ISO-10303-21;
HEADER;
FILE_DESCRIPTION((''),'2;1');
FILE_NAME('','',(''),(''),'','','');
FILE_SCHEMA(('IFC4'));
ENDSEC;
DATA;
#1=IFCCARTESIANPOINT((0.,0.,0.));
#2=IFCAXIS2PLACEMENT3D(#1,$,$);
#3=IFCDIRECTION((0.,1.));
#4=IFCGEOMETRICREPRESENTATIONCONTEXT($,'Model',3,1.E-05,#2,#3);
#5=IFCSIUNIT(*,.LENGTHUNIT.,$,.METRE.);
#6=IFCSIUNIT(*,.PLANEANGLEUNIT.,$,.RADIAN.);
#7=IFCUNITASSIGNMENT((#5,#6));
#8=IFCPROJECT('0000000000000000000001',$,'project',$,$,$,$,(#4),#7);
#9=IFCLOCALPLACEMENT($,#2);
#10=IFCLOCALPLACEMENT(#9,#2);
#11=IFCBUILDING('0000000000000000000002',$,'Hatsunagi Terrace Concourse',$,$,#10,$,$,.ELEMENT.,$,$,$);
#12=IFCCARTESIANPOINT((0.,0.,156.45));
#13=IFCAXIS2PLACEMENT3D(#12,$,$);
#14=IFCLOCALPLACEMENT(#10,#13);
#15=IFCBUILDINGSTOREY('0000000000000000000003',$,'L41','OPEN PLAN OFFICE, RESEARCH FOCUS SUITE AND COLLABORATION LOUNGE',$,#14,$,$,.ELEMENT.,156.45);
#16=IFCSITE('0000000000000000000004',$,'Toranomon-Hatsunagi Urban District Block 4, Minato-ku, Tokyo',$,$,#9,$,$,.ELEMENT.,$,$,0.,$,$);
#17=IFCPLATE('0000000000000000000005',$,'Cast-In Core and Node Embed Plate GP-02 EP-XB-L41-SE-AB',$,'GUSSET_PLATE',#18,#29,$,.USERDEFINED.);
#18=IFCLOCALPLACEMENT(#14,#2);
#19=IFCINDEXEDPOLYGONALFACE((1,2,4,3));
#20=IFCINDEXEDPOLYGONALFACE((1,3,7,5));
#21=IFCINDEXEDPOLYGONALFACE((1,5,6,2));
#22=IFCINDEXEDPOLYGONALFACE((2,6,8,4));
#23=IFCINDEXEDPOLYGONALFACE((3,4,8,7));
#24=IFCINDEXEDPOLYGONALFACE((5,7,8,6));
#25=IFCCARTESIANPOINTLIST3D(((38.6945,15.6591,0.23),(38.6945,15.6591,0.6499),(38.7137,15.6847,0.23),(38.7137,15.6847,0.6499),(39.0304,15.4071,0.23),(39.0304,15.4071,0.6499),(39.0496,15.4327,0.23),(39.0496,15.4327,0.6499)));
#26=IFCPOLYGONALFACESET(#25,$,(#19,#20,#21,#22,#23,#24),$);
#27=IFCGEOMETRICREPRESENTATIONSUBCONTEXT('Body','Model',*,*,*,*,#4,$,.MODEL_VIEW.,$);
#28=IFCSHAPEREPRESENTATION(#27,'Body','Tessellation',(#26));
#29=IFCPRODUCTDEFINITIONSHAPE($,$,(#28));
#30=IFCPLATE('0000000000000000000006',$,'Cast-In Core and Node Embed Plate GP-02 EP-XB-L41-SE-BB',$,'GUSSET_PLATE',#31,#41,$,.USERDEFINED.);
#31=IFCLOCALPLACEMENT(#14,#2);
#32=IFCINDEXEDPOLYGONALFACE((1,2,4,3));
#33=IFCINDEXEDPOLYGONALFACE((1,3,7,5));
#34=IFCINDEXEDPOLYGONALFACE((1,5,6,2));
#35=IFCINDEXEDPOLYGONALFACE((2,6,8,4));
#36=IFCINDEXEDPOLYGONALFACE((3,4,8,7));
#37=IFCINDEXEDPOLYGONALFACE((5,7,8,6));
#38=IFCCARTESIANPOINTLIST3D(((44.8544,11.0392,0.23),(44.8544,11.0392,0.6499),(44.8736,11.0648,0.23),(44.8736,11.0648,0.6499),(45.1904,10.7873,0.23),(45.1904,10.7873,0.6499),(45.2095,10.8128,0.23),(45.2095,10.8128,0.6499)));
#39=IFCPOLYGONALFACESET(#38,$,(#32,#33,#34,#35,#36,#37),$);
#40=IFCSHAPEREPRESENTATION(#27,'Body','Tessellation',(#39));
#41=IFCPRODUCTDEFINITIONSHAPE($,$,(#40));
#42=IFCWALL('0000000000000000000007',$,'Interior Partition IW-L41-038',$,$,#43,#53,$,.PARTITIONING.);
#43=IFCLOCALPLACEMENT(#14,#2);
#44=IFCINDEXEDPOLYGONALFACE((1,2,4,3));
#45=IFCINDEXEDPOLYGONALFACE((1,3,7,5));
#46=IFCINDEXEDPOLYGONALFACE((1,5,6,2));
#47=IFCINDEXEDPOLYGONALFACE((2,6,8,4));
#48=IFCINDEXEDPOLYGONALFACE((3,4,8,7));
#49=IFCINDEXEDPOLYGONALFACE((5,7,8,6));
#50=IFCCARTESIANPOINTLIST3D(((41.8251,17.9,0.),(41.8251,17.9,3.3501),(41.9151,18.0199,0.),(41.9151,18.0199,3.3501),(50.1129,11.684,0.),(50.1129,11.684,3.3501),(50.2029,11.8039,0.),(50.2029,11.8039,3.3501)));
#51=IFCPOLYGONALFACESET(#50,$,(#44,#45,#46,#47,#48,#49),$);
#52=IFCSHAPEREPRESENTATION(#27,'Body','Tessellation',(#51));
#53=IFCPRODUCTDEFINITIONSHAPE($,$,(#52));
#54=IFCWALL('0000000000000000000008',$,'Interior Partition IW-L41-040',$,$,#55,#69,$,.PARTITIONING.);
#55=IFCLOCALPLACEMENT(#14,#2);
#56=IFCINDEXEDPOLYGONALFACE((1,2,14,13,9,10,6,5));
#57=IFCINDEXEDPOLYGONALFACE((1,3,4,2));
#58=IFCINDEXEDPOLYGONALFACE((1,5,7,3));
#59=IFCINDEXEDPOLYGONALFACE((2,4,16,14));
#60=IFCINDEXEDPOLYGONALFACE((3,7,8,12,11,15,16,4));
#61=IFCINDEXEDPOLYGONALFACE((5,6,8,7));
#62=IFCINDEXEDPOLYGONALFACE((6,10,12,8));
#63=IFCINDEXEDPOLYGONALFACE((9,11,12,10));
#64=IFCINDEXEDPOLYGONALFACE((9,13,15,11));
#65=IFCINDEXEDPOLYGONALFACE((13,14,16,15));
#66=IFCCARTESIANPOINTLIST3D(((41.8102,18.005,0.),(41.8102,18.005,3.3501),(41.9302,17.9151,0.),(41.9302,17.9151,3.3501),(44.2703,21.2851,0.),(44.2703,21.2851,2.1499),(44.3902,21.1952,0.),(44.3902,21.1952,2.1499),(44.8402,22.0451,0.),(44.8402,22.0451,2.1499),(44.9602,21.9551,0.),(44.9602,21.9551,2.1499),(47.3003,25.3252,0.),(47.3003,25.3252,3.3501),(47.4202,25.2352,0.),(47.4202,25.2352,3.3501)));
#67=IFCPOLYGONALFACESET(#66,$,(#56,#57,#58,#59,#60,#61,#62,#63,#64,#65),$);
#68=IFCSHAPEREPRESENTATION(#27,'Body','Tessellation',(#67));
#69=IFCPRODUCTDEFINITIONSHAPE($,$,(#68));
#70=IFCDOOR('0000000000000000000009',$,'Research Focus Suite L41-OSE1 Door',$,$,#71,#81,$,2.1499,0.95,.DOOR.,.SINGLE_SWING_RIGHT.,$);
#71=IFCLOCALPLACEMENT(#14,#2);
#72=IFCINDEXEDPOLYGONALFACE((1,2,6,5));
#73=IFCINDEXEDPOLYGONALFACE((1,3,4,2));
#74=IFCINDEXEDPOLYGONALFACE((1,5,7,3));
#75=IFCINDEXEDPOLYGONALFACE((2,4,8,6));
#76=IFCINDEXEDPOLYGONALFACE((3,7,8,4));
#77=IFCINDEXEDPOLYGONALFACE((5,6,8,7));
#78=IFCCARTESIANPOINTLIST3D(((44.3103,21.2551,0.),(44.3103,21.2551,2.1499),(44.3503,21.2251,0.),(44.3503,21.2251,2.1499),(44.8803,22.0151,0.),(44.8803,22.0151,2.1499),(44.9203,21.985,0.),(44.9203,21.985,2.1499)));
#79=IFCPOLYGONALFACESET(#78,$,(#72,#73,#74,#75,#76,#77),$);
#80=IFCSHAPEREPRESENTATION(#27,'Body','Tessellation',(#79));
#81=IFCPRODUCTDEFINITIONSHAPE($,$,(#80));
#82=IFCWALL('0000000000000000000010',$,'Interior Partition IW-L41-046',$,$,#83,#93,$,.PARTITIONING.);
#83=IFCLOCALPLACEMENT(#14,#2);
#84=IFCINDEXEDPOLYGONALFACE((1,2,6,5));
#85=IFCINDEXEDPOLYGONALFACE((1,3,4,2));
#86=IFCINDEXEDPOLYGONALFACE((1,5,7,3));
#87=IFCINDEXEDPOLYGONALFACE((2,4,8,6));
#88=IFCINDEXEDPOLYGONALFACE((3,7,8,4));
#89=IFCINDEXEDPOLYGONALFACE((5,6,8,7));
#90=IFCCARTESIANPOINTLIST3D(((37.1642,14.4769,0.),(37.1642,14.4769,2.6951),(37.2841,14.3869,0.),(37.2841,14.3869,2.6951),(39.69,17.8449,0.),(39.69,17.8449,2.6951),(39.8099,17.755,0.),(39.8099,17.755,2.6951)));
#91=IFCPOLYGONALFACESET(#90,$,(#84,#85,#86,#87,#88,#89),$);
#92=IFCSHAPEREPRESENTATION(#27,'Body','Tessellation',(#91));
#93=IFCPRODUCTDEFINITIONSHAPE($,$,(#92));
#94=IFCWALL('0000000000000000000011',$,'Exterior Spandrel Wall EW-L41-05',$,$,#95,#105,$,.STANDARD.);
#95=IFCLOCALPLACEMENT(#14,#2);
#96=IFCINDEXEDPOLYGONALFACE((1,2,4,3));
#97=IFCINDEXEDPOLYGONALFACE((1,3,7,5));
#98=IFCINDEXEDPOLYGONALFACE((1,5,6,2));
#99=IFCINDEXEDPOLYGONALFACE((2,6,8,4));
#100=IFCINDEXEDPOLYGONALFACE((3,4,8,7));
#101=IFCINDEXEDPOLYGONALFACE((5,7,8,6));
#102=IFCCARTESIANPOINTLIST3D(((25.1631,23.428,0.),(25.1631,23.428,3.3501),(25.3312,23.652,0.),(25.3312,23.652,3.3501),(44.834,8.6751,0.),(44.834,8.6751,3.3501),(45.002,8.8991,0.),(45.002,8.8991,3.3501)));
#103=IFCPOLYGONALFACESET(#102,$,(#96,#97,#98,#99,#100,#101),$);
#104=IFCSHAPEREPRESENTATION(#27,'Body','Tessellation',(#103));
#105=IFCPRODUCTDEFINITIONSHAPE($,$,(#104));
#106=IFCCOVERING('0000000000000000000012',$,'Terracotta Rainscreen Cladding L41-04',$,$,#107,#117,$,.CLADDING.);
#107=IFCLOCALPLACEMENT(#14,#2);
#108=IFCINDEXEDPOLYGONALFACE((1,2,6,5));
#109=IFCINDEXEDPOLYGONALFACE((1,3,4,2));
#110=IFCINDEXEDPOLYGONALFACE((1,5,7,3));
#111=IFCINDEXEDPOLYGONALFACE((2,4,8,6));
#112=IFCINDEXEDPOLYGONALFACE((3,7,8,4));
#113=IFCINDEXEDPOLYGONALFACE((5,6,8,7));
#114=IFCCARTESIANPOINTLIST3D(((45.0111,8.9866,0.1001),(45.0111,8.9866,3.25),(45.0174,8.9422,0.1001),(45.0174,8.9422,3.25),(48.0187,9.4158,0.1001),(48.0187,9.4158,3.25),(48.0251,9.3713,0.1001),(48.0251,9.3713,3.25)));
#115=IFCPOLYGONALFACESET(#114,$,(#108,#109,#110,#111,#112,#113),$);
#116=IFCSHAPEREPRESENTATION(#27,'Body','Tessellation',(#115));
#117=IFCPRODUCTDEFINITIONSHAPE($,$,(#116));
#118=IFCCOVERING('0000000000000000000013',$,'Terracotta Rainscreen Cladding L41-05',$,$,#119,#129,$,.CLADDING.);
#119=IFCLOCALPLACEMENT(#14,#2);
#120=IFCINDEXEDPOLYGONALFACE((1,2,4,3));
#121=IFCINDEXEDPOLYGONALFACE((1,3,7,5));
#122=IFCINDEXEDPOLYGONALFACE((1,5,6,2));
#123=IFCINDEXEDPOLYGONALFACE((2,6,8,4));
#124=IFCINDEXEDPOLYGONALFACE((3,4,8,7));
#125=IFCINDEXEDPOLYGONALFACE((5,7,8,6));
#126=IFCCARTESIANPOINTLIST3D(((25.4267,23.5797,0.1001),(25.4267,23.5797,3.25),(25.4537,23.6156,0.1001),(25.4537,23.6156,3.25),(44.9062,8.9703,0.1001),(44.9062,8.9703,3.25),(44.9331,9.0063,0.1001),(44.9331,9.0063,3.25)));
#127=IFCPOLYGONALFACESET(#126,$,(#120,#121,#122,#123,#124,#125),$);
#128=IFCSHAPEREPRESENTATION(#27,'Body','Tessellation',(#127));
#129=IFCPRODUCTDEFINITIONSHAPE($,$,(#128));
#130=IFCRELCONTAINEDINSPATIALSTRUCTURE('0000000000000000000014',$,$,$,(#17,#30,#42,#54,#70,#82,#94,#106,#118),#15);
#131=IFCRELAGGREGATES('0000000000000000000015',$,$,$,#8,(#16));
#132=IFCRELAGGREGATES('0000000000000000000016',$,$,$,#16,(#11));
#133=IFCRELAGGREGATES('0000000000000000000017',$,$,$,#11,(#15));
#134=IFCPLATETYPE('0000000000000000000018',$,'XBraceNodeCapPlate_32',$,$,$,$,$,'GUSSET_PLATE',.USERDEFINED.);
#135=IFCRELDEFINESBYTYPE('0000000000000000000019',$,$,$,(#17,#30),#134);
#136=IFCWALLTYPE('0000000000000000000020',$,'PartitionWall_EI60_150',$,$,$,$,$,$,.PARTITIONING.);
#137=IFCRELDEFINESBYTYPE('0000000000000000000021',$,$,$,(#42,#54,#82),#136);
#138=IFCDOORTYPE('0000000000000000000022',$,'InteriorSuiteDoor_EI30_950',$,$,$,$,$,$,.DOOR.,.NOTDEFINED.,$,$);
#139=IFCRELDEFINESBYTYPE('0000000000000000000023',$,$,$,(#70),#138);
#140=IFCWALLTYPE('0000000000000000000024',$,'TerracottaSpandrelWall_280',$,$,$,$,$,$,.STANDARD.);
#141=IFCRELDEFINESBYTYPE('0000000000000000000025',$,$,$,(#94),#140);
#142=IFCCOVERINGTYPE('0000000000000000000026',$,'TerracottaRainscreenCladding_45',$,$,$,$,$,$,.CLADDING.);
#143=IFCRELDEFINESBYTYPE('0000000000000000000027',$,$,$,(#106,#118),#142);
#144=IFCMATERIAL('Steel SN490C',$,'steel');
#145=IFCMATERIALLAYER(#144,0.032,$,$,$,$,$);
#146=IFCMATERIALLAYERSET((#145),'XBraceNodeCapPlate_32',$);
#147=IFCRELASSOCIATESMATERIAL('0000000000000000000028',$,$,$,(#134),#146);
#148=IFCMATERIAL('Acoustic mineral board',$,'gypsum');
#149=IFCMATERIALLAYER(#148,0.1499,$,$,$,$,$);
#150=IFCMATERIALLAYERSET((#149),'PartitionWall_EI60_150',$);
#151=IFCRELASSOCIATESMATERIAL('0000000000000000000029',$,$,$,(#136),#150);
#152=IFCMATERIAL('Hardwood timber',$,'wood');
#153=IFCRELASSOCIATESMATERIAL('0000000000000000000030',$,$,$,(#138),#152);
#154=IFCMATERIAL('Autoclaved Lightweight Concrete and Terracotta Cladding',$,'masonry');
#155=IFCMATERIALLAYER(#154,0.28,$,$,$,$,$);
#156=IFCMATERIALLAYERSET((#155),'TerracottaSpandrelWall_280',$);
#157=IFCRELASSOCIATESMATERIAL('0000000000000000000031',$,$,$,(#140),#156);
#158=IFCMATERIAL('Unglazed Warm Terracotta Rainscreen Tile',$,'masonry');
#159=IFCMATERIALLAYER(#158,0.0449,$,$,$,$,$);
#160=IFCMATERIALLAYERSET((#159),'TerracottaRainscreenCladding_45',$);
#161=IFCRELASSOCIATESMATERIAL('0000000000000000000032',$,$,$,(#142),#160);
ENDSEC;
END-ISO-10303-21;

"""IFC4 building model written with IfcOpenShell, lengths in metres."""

from ifc_helpers import new_model, si_unit, direction, frame, frame_2d, origin, origin_2d, place, context, subcontext, project, spatial, rectangle, extrude, material, layer, layer_set, type_object, element, fill, save


model = new_model("IFC4")

# Units and contexts
model_context = context("Model", 3, precision=1e-05, world=origin(), true_north=direction((0.0, 1.0)))
body_context = subcontext(model_context, "Body", "Model", "MODEL_VIEW")
ifc_project = project(units=[si_unit("LENGTHUNIT", "METRE"), si_unit("PLANEANGLEUNIT", "RADIAN")], contexts=[model_context])

# Site, building, storey
site_placement = place(None, origin())
site = spatial("IfcSite", under=ifc_project, at=site_placement, Name="Toranomon-Hatsunagi Urban District Block 4, Minato-ku, Tokyo", CompositionType="ELEMENT", RefElevation=0.0)
building_placement = place(site_placement, origin())
building = spatial("IfcBuilding", under=site, at=building_placement, Name="Hatsunagi Terrace Concourse", CompositionType="ELEMENT")
storey_placement = place(building_placement, frame((0.0, 0.0, 156.45)))
storey = spatial("IfcBuildingStorey", under=building, at=storey_placement, Name="L41", Description="OPEN PLAN OFFICE, RESEARCH FOCUS SUITE AND COLLABORATION LOUNGE", CompositionType="ELEMENT", Elevation=156.45)

# Plates
ifc_material_1 = material(Name="Steel SN490C", Category="steel")
ifc_layer_1 = layer(ifc_material_1, 0.032)
ifc_layer_set_1 = layer_set([ifc_layer_1], Name="XBraceNodeCapPlate_32")
plate_type = type_object("IfcPlateType", Name="XBraceNodeCapPlate_32", ElementType="GUSSET_PLATE", PredefinedType="USERDEFINED", material=ifc_layer_set_1)
for number, where, z_axis, x_axis, name in (
    (1, (38.8721, 15.5459, 0.23), (0.0, 0.0, 1.0), (0.8, -0.6, 0.0), "Cast-In Core and Node Embed Plate GP-02 EP-XB-L41-SE-AB"),
    (2, (45.032, 10.926, 0.23), (0.0, 0.0, 1.0), (0.8, -0.6, 0.0), "Cast-In Core and Node Embed Plate GP-02 EP-XB-L41-SE-BB"),
):
    element("IfcPlate", number, at=place(storey_placement, frame(where, z_axis=z_axis, x_axis=x_axis)), inside=storey, type_object=plate_type, Name=name, ObjectType="GUSSET_PLATE", PredefinedType="USERDEFINED", context=body_context, shape_type="SweptSolid", body=[
        extrude(rectangle(XDim=0.4199, YDim=0.032, at=origin_2d()), origin(), (0.0, 0.0, 1.0), 0.4199),
    ])

# Wall
ifc_material_2 = material(Name="Acoustic mineral board", Category="gypsum")
ifc_layer_2 = layer(ifc_material_2, 0.1499)
ifc_layer_set_2 = layer_set([ifc_layer_2], Name="PartitionWall_EI60_150")
wall_type_1 = type_object("IfcWallType", Name="PartitionWall_EI60_150", PredefinedType="PARTITIONING", material=ifc_layer_set_2)
wall_1_placement = place(storey_placement, frame((41.8701, 17.96, 0.0), z_axis=(0.0, 0.0, 1.0), x_axis=(0.799992, -0.600011, 0.0)))
element("IfcWall", 3, at=wall_1_placement, inside=storey, type_object=wall_type_1, Name="Interior Partition IW-L41-038", PredefinedType="PARTITIONING", context=body_context, shape_type="SweptSolid", body=[
    extrude(rectangle(XDim=10.3599, YDim=0.1499, at=frame_2d((5.1799, 0.0))), origin(), (0.0, 0.0, 1.0), 3.3501),
])

# Wall, opening, door
wall_2_placement = place(storey_placement, frame((41.8701, 17.96, 0.0), z_axis=(0.0, 0.0, 1.0), x_axis=(0.599996, 0.800003, 0.0)))
wall_2 = element("IfcWall", 4, at=wall_2_placement, inside=storey, type_object=wall_type_1, Name="Interior Partition IW-L41-040", PredefinedType="PARTITIONING", context=body_context, shape_type="SweptSolid", body=[
    extrude(rectangle(XDim=9.1501, YDim=0.1499, at=frame_2d((4.5752, 0.0))), origin(), (0.0, 0.0, 1.0), 3.3501),
])
opening_placement = place(wall_2_placement, frame((4.1001, 0.0, 0.0)))
opening = element("IfcOpeningElement", 5, at=opening_placement, cuts=wall_2, PredefinedType="OPENING", context=body_context, shape_type="SweptSolid", body=[
    extrude(rectangle(XDim=0.95, YDim=2.1499, at=frame_2d((0.4751, 1.075))), frame((0.0, 0.085, 0.0), z_axis=(0.0, -1.0, 0.0), x_axis=(1.0, 0.0, 0.0)), (0.0, 0.0, 1.0), 0.1699),
])
ifc_material_3 = material(Name="Hardwood timber", Category="wood")
door_type = type_object("IfcDoorType", Name="InteriorSuiteDoor_EI30_950", OperationType="NOTDEFINED", PredefinedType="DOOR", material=ifc_material_3)
door_placement = place(opening_placement, origin())
door = element("IfcDoor", 6, at=door_placement, inside=storey, type_object=door_type, Name="Research Focus Suite L41-OSE1 Door", OperationType="SINGLE_SWING_RIGHT", OverallHeight=2.1499, OverallWidth=0.95, PredefinedType="DOOR", context=body_context, shape_type="SweptSolid", body=[
    extrude(rectangle(XDim=0.95, YDim=2.1499, at=frame_2d((0.4751, 1.075))), frame((0.0, 0.0249, 0.0), z_axis=(0.0, -1.0, 0.0), x_axis=(1.0, 0.0, 0.0)), (0.0, 0.0, 1.0), 0.05),
])
fill(opening, door)

# Walls
wall_3_placement = place(storey_placement, frame((37.2241, 14.4319, 0.0), z_axis=(0.0, 0.0, 1.0), x_axis=(0.599963, 0.800028, 0.0)))
element("IfcWall", 7, at=wall_3_placement, inside=storey, type_object=wall_type_1, Name="Interior Partition IW-L41-046", PredefinedType="PARTITIONING", context=body_context, shape_type="SweptSolid", body=[
    extrude(rectangle(XDim=4.21, YDim=0.1499, at=frame_2d((2.105, 0.0))), origin(), (0.0, 0.0, 1.0), 2.6951),
])
ifc_material_4 = material(Name="Autoclaved Lightweight Concrete and Terracotta Cladding", Category="masonry")
ifc_layer_3 = layer(ifc_material_4, 0.28)
ifc_layer_set_3 = layer_set([ifc_layer_3], Name="TerracottaSpandrelWall_280")
wall_type_2 = type_object("IfcWallType", Name="TerracottaSpandrelWall_280", PredefinedType="STANDARD", material=ifc_layer_set_3)
wall_4_placement = place(storey_placement, frame((44.918, 8.7871, 0.0), z_axis=(0.0, 0.0, 1.0), x_axis=(-0.800005, 0.599994, 0.0)))
element("IfcWall", 8, at=wall_4_placement, inside=storey, type_object=wall_type_2, Name="Exterior Spandrel Wall EW-L41-05", PredefinedType="STANDARD", context=body_context, shape_type="SweptSolid", body=[
    extrude(rectangle(XDim=24.5884, YDim=0.28, at=frame_2d((12.2942, 0.0))), origin(), (0.0, 0.0, 1.0), 3.3501),
])

# Coverings
ifc_material_5 = material(Name="Unglazed Warm Terracotta Rainscreen Tile", Category="masonry")
ifc_layer_4 = layer(ifc_material_5, 0.0449)
ifc_layer_set_4 = layer_set([ifc_layer_4], Name="TerracottaRainscreenCladding_45")
covering_type = type_object("IfcCoveringType", Name="TerracottaRainscreenCladding_45", PredefinedType="CLADDING", material=ifc_layer_set_4)
covering_1_placement = place(storey_placement, frame((46.5181, 9.179, 0.1001), z_axis=(0.0, 0.0, 1.0), x_axis=(-0.989974, -0.14125, 0.0)))
element("IfcCovering", 9, at=covering_1_placement, inside=storey, type_object=covering_type, Name="Terracotta Rainscreen Cladding L41-04", PredefinedType="CLADDING", context=body_context, shape_type="SweptSolid", body=[
    extrude(rectangle(XDim=3.0381, YDim=0.0449, at=origin_2d()), origin(), (0.0, 0.0, 1.0), 3.1499),
])
covering_2_placement = place(storey_placement, frame((35.1799, 16.293, 0.1001), z_axis=(0.0, 0.0, 1.0), x_axis=(-0.800005, 0.599993, 0.0)))
element("IfcCovering", 10, at=covering_2_placement, inside=storey, type_object=covering_type, Name="Terracotta Rainscreen Cladding L41-05", PredefinedType="CLADDING", context=body_context, shape_type="SweptSolid", body=[
    extrude(rectangle(XDim=24.3491, YDim=0.0449, at=origin_2d()), origin(), (0.0, 0.0, 1.0), 3.1499),
])

save(model, "model.ifc")
